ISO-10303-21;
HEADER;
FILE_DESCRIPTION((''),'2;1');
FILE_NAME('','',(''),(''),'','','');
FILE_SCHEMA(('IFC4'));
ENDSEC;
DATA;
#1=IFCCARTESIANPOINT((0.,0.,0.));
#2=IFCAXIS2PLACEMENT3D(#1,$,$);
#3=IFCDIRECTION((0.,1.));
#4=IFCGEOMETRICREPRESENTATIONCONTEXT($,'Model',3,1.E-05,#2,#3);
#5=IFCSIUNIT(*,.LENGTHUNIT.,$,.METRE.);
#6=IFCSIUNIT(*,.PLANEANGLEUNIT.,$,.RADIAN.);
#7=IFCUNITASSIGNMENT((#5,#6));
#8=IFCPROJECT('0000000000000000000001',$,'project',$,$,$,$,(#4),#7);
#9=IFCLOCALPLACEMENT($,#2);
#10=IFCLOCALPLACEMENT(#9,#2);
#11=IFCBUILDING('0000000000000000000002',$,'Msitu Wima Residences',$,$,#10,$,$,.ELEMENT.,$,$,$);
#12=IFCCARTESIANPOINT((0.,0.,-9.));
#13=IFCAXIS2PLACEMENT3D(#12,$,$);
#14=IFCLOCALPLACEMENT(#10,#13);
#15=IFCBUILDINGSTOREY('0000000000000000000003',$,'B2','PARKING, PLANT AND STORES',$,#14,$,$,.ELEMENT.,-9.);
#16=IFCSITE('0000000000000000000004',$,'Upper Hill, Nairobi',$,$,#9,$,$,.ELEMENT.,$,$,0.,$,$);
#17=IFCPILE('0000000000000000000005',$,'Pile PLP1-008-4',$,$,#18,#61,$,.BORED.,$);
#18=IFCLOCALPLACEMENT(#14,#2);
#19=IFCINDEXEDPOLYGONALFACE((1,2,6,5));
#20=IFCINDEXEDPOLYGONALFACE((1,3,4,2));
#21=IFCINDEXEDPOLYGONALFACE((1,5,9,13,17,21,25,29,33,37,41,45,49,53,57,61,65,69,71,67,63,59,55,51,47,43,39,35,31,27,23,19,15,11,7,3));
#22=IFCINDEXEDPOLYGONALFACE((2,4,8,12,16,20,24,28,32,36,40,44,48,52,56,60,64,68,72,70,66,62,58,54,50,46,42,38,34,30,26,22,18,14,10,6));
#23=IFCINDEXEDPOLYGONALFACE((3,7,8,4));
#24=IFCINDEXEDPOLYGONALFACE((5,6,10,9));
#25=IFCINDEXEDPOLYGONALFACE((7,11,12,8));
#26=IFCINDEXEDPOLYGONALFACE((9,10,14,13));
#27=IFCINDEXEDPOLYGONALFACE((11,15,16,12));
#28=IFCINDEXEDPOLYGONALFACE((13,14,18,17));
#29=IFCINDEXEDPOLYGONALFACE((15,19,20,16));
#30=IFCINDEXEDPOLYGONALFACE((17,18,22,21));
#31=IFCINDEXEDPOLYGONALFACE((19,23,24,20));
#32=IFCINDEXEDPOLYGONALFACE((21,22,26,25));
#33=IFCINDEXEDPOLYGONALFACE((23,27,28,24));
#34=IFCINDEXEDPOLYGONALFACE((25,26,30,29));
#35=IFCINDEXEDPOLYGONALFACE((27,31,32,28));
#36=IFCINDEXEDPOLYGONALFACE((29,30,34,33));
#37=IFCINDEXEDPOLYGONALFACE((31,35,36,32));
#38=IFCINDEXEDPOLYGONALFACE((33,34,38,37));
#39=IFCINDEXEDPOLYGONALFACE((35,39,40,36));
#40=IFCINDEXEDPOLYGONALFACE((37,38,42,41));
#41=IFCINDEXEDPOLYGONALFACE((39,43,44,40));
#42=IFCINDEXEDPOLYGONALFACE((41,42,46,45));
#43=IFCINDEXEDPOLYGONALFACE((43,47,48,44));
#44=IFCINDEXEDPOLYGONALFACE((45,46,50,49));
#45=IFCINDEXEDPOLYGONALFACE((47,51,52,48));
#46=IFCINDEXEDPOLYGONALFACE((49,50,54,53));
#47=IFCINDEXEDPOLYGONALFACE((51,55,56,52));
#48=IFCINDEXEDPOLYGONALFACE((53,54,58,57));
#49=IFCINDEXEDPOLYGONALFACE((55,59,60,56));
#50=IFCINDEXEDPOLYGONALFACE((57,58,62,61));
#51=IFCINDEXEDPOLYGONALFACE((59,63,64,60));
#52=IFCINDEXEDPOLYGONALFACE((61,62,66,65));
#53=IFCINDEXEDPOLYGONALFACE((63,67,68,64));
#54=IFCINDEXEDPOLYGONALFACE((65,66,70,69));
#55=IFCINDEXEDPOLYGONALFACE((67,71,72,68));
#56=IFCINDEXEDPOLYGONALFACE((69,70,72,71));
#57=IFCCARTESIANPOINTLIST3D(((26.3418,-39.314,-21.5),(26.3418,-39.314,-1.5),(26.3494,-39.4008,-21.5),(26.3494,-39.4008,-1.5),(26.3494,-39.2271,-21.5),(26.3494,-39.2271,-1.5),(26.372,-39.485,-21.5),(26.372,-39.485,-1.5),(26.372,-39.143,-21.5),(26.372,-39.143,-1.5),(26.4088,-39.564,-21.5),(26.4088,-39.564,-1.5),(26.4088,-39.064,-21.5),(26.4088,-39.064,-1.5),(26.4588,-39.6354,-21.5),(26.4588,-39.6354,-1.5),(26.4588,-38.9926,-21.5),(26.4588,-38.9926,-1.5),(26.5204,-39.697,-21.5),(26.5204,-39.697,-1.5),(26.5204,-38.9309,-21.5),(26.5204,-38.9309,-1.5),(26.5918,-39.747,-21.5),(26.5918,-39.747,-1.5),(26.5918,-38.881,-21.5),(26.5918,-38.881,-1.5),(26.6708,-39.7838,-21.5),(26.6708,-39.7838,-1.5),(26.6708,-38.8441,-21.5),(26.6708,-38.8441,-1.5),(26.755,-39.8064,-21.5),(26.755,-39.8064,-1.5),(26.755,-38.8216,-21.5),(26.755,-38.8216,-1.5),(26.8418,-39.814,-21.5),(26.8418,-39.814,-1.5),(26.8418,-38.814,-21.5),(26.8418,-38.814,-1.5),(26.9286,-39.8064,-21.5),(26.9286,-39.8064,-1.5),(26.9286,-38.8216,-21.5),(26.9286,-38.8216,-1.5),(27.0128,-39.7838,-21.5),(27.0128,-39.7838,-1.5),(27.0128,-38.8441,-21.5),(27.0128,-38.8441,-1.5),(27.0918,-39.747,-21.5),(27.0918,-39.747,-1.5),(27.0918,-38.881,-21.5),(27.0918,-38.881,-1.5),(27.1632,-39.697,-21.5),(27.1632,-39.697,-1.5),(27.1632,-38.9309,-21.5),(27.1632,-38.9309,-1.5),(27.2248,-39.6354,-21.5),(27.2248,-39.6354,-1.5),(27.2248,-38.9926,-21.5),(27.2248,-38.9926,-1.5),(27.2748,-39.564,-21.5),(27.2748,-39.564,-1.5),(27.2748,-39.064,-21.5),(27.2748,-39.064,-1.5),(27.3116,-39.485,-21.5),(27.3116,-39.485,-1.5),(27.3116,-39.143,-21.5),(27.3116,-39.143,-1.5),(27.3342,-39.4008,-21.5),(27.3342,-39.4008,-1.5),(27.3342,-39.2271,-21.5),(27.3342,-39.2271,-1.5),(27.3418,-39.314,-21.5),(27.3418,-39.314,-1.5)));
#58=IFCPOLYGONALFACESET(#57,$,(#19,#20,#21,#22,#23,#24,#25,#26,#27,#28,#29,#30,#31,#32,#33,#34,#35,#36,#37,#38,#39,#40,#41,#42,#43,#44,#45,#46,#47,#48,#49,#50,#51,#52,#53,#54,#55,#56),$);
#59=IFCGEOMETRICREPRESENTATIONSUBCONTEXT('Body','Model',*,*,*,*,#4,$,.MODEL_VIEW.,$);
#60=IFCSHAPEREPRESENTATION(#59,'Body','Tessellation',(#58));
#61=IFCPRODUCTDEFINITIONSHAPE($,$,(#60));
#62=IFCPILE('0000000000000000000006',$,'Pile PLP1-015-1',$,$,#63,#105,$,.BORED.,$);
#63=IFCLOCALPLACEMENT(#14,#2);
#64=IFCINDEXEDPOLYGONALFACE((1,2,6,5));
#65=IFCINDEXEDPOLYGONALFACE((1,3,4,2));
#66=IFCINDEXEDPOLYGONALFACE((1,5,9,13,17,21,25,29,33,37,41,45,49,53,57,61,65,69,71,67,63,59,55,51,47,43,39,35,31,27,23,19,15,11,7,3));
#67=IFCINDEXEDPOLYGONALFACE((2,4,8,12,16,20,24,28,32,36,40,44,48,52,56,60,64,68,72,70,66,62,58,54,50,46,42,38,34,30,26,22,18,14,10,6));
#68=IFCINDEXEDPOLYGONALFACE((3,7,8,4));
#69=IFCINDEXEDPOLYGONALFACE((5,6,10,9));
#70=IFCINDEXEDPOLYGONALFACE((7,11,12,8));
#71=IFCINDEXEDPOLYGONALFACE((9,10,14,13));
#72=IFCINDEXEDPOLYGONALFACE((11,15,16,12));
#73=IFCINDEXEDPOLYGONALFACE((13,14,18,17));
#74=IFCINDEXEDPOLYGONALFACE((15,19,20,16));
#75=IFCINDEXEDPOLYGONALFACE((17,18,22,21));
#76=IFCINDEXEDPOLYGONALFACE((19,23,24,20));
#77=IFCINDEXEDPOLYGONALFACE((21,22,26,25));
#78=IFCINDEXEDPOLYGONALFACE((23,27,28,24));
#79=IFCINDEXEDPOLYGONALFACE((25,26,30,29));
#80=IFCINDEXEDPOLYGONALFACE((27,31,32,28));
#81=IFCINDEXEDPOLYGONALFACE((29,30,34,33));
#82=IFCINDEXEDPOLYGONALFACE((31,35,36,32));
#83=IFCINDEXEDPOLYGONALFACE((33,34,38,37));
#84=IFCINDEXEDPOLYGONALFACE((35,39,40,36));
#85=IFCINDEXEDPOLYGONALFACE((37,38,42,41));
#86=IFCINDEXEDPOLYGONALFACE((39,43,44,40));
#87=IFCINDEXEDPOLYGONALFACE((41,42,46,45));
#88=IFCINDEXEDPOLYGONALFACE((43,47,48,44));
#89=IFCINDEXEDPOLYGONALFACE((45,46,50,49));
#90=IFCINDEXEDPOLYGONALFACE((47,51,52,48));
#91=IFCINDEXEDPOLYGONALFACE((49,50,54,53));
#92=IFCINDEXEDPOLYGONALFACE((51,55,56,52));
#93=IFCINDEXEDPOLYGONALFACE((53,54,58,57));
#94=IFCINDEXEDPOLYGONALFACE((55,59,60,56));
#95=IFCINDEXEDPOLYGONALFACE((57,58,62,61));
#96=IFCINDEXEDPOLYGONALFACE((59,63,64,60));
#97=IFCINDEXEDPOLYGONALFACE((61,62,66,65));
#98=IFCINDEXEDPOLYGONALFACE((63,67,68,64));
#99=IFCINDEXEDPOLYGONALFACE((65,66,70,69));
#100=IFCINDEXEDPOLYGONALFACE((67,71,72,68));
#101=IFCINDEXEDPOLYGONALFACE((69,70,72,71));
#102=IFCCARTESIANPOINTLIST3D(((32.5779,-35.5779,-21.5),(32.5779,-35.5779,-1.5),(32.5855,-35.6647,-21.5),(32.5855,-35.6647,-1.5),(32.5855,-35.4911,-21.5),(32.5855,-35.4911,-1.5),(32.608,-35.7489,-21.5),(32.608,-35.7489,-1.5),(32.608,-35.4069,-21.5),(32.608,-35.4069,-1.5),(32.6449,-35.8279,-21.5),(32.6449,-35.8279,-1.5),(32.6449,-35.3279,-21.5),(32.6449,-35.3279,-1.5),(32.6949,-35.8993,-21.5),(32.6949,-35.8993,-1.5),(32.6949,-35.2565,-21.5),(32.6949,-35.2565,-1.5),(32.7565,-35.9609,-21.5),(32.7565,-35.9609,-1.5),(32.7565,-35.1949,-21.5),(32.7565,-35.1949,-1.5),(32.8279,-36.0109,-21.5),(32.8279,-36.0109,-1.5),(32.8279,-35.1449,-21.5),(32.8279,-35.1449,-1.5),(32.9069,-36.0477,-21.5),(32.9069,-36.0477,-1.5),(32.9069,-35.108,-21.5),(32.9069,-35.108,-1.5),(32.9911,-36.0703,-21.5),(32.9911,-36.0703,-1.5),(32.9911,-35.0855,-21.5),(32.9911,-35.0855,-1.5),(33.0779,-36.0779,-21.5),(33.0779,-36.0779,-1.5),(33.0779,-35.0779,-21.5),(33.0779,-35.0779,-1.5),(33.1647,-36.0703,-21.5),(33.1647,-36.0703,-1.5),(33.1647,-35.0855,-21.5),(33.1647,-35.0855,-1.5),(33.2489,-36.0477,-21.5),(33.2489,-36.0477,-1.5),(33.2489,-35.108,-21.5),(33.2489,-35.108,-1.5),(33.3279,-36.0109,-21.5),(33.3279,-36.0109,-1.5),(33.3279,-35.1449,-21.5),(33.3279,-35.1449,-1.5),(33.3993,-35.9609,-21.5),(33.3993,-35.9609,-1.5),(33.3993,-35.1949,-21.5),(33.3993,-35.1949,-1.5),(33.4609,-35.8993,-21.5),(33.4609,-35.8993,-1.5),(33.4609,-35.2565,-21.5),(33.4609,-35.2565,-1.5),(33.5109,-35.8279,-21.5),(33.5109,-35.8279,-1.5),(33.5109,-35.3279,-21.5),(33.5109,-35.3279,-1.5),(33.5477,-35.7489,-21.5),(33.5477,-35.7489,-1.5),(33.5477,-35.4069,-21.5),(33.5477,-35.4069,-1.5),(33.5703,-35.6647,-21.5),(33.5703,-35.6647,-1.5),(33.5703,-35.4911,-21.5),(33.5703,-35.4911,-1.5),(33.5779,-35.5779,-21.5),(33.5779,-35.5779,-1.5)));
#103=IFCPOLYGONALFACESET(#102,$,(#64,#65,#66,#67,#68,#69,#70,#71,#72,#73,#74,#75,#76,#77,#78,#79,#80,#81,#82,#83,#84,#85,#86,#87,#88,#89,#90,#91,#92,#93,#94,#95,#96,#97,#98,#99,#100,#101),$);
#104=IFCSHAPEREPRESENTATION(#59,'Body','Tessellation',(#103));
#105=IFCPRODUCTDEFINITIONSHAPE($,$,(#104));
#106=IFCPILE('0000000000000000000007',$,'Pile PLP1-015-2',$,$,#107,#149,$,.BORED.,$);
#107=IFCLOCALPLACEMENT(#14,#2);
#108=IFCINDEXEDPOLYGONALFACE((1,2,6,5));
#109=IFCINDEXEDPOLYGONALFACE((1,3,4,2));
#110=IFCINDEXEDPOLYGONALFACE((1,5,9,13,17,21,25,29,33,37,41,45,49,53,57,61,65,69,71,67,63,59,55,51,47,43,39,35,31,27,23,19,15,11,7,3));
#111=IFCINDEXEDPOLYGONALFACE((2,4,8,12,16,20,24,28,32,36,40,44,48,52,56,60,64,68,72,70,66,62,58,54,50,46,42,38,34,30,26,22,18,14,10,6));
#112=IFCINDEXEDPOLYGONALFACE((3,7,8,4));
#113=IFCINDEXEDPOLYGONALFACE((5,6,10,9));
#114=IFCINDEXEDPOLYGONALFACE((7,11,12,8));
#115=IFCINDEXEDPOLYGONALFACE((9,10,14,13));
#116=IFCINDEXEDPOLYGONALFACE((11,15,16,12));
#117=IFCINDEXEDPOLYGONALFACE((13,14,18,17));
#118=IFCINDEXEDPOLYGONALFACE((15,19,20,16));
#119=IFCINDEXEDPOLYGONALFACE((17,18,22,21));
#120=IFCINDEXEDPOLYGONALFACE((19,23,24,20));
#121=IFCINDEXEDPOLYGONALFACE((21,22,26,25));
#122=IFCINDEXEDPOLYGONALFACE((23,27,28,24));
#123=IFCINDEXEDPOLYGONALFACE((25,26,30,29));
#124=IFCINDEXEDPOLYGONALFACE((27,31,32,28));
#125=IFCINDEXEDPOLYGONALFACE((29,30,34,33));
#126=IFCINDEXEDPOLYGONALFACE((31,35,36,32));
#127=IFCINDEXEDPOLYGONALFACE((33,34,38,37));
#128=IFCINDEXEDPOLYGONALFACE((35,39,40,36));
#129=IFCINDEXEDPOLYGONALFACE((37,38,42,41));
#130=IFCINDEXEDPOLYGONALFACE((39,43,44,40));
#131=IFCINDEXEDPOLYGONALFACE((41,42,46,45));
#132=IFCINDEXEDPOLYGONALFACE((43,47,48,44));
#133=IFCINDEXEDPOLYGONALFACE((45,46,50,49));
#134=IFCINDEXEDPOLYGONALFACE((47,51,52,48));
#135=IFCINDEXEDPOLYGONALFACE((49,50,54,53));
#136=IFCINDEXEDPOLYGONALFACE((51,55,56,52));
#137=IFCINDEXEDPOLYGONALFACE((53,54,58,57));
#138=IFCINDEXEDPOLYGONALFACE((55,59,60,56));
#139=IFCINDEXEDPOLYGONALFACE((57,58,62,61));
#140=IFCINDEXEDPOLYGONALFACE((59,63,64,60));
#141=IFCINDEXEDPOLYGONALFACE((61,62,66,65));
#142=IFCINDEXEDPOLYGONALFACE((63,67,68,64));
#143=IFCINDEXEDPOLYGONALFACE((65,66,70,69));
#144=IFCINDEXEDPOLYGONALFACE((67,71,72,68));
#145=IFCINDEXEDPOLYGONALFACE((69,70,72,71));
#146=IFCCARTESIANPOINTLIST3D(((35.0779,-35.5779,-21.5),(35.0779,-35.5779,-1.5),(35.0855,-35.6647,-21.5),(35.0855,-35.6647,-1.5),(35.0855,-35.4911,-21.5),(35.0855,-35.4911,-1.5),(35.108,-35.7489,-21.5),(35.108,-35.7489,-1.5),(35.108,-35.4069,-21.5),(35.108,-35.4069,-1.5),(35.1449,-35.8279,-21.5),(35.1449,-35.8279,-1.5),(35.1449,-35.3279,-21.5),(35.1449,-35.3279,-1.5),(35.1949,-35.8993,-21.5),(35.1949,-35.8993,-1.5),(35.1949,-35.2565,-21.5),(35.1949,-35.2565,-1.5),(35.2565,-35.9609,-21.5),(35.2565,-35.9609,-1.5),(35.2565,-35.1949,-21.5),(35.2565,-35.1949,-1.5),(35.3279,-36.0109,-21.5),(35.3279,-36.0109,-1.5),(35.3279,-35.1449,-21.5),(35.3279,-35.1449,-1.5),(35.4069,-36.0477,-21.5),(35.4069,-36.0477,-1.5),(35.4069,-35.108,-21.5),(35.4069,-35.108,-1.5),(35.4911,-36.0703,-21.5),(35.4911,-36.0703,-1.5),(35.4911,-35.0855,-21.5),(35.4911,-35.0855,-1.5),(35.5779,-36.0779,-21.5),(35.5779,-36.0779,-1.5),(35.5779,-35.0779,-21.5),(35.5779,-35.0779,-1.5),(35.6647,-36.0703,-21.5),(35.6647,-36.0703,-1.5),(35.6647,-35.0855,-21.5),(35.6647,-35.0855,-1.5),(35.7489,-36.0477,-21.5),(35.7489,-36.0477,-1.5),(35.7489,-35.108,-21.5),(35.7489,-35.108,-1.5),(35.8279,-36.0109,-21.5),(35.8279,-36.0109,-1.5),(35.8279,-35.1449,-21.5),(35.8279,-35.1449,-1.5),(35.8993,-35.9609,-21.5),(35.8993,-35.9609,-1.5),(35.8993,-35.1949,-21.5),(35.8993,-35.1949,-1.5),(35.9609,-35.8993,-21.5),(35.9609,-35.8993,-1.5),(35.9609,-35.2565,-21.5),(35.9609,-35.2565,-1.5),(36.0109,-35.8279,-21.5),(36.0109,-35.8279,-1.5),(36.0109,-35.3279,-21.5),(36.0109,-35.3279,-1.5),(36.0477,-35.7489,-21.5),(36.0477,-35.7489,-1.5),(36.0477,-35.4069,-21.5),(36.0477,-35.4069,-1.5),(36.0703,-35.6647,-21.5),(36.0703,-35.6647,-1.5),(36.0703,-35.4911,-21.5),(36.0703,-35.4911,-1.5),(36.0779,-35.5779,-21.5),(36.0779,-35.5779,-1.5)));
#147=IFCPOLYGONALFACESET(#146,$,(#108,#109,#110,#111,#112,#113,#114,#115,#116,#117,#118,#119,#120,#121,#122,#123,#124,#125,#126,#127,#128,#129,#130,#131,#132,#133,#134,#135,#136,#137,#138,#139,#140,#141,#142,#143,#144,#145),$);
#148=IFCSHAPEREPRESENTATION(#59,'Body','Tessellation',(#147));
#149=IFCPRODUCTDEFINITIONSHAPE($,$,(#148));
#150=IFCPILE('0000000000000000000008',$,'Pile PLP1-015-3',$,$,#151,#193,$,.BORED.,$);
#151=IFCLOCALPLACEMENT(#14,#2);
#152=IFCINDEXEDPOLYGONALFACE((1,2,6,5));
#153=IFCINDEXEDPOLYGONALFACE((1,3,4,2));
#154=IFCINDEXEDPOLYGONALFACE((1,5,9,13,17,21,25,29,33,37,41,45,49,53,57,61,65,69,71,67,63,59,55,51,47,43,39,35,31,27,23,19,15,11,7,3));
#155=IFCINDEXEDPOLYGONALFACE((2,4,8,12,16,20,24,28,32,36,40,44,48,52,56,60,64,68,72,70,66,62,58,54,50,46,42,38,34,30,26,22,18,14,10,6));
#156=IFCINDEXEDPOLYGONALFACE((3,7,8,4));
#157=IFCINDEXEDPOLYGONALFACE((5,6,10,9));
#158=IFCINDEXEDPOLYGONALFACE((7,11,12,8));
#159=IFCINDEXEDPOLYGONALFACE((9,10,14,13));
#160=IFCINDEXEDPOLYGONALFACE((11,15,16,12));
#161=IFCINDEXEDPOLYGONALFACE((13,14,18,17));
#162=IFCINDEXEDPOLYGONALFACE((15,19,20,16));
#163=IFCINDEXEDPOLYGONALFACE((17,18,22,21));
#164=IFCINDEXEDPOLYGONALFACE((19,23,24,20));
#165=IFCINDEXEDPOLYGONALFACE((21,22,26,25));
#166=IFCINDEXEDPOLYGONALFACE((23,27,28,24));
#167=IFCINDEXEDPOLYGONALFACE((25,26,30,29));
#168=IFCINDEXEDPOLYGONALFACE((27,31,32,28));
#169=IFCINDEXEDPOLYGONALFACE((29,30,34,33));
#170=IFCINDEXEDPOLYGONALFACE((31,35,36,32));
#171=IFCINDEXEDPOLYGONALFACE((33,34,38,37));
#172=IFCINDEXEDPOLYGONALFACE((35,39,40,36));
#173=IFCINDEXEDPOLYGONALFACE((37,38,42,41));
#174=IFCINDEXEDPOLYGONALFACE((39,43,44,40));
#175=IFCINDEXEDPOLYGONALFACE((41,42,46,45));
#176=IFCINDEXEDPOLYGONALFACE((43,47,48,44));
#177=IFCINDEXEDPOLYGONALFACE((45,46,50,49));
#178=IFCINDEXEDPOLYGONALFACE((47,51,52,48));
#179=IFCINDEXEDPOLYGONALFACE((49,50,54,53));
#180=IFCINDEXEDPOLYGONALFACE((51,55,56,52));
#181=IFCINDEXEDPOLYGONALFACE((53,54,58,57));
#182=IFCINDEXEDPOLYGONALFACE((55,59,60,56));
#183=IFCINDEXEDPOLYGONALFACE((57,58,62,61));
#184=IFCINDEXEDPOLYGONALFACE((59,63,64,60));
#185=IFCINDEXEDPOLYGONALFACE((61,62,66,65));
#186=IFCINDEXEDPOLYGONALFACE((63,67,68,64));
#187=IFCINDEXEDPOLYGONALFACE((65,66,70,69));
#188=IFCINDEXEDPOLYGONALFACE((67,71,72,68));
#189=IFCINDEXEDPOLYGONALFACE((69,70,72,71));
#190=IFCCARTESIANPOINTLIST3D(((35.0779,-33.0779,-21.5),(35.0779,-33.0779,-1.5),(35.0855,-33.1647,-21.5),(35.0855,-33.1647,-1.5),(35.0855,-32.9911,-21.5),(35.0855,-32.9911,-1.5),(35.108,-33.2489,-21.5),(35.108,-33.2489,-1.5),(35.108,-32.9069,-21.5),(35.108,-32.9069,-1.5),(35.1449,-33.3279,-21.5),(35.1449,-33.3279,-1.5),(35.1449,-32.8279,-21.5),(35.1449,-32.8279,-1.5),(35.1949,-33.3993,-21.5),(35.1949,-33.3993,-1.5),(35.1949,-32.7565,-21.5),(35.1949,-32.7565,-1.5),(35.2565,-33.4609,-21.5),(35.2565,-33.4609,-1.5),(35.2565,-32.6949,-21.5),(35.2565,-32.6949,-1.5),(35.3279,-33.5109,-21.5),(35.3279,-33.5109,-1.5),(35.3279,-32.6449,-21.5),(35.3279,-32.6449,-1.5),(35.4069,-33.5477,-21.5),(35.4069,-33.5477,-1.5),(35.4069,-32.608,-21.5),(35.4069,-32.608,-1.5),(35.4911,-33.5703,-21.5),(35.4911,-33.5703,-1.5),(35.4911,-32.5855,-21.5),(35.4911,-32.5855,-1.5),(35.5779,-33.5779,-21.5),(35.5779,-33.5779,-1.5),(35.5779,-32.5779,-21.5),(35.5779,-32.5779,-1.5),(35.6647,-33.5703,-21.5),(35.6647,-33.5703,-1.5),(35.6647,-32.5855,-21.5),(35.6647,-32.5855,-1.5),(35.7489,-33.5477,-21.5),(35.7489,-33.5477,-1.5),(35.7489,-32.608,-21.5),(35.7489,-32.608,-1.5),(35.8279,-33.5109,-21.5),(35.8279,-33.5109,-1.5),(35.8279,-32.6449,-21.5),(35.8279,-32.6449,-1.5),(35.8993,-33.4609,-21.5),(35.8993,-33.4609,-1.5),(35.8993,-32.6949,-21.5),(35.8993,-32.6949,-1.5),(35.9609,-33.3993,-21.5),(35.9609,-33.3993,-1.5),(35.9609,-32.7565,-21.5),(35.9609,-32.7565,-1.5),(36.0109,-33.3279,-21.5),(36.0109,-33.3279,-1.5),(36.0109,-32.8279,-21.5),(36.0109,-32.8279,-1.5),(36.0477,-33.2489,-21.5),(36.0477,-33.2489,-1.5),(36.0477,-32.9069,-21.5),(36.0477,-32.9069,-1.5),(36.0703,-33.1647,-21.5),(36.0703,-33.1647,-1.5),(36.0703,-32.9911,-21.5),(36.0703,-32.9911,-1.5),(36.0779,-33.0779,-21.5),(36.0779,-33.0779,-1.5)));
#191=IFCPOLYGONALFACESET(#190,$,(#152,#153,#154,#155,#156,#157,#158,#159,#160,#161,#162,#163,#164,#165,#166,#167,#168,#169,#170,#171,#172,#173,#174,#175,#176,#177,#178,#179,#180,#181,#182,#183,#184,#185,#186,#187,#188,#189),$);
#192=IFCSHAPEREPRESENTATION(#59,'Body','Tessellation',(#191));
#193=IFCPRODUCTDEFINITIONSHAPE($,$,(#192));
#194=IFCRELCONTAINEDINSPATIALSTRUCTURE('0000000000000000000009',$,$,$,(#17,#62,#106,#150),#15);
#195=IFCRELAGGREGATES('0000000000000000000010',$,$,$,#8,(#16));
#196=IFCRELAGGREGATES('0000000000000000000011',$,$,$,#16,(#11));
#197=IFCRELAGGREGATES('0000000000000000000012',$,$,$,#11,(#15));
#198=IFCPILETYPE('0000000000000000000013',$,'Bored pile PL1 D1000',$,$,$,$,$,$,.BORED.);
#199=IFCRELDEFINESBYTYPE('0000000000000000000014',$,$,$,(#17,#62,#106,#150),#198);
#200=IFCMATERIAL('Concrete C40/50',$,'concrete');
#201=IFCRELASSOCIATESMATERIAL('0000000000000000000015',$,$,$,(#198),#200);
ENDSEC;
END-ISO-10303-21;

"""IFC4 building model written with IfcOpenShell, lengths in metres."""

from ifc_helpers import new_model, si_unit, direction, frame, origin, origin_2d, place, context, subcontext, project, spatial, circle, extrude, material, type_object, element, save


model = new_model("IFC4")

# Units and contexts
model_context = context("Model", 3, precision=1e-05, world=origin(), true_north=direction((0.0, 1.0)))
body_context = subcontext(model_context, "Body", "Model", "MODEL_VIEW")
ifc_project = project(units=[si_unit("LENGTHUNIT", "METRE"), si_unit("PLANEANGLEUNIT", "RADIAN")], contexts=[model_context])

# Site, building, storey
site_placement = place(None, origin())
site = spatial("IfcSite", under=ifc_project, at=site_placement, Name="Upper Hill, Nairobi", CompositionType="ELEMENT", RefElevation=0.0)
building_placement = place(site_placement, origin())
building = spatial("IfcBuilding", under=site, at=building_placement, Name="Msitu Wima Residences", CompositionType="ELEMENT")
storey_placement = place(building_placement, frame((0.0, 0.0, -9.0)))
storey = spatial("IfcBuildingStorey", under=building, at=storey_placement, Name="B2", Description="PARKING, PLANT AND STORES", CompositionType="ELEMENT", Elevation=-9.0)

# Piles
ifc_material_1 = material(Name="Concrete C40/50", Category="concrete")
pile_type = type_object("IfcPileType", Name="Bored pile PL1 D1000", PredefinedType="BORED", material=ifc_material_1)
for number, where, z_axis, x_axis, name in (
    (1, (26.8418, -39.314, -1.5), (0.0, 0.0, -1.0), (1.0, 0.0, 0.0), "Pile PLP1-008-4"),
    (2, (33.0779, -35.5779, -1.5), (0.0, 0.0, -1.0), (1.0, 0.0, 0.0), "Pile PLP1-015-1"),
    (3, (35.5779, -35.5779, -1.5), (0.0, 0.0, -1.0), (1.0, 0.0, 0.0), "Pile PLP1-015-2"),
    (4, (35.5779, -33.0779, -1.5), (0.0, 0.0, -1.0), (1.0, 0.0, 0.0), "Pile PLP1-015-3"),
):
    element("IfcPile", number, at=place(storey_placement, frame(where, z_axis=z_axis, x_axis=x_axis)), inside=storey, type_object=pile_type, Name=name, PredefinedType="BORED", context=body_context, shape_type="SweptSolid", body=[
        extrude(circle(Radius=0.5, at=origin_2d()), origin(), (0.0, 0.0, 1.0), 20.0),
    ])

save(model, "model.ifc")
